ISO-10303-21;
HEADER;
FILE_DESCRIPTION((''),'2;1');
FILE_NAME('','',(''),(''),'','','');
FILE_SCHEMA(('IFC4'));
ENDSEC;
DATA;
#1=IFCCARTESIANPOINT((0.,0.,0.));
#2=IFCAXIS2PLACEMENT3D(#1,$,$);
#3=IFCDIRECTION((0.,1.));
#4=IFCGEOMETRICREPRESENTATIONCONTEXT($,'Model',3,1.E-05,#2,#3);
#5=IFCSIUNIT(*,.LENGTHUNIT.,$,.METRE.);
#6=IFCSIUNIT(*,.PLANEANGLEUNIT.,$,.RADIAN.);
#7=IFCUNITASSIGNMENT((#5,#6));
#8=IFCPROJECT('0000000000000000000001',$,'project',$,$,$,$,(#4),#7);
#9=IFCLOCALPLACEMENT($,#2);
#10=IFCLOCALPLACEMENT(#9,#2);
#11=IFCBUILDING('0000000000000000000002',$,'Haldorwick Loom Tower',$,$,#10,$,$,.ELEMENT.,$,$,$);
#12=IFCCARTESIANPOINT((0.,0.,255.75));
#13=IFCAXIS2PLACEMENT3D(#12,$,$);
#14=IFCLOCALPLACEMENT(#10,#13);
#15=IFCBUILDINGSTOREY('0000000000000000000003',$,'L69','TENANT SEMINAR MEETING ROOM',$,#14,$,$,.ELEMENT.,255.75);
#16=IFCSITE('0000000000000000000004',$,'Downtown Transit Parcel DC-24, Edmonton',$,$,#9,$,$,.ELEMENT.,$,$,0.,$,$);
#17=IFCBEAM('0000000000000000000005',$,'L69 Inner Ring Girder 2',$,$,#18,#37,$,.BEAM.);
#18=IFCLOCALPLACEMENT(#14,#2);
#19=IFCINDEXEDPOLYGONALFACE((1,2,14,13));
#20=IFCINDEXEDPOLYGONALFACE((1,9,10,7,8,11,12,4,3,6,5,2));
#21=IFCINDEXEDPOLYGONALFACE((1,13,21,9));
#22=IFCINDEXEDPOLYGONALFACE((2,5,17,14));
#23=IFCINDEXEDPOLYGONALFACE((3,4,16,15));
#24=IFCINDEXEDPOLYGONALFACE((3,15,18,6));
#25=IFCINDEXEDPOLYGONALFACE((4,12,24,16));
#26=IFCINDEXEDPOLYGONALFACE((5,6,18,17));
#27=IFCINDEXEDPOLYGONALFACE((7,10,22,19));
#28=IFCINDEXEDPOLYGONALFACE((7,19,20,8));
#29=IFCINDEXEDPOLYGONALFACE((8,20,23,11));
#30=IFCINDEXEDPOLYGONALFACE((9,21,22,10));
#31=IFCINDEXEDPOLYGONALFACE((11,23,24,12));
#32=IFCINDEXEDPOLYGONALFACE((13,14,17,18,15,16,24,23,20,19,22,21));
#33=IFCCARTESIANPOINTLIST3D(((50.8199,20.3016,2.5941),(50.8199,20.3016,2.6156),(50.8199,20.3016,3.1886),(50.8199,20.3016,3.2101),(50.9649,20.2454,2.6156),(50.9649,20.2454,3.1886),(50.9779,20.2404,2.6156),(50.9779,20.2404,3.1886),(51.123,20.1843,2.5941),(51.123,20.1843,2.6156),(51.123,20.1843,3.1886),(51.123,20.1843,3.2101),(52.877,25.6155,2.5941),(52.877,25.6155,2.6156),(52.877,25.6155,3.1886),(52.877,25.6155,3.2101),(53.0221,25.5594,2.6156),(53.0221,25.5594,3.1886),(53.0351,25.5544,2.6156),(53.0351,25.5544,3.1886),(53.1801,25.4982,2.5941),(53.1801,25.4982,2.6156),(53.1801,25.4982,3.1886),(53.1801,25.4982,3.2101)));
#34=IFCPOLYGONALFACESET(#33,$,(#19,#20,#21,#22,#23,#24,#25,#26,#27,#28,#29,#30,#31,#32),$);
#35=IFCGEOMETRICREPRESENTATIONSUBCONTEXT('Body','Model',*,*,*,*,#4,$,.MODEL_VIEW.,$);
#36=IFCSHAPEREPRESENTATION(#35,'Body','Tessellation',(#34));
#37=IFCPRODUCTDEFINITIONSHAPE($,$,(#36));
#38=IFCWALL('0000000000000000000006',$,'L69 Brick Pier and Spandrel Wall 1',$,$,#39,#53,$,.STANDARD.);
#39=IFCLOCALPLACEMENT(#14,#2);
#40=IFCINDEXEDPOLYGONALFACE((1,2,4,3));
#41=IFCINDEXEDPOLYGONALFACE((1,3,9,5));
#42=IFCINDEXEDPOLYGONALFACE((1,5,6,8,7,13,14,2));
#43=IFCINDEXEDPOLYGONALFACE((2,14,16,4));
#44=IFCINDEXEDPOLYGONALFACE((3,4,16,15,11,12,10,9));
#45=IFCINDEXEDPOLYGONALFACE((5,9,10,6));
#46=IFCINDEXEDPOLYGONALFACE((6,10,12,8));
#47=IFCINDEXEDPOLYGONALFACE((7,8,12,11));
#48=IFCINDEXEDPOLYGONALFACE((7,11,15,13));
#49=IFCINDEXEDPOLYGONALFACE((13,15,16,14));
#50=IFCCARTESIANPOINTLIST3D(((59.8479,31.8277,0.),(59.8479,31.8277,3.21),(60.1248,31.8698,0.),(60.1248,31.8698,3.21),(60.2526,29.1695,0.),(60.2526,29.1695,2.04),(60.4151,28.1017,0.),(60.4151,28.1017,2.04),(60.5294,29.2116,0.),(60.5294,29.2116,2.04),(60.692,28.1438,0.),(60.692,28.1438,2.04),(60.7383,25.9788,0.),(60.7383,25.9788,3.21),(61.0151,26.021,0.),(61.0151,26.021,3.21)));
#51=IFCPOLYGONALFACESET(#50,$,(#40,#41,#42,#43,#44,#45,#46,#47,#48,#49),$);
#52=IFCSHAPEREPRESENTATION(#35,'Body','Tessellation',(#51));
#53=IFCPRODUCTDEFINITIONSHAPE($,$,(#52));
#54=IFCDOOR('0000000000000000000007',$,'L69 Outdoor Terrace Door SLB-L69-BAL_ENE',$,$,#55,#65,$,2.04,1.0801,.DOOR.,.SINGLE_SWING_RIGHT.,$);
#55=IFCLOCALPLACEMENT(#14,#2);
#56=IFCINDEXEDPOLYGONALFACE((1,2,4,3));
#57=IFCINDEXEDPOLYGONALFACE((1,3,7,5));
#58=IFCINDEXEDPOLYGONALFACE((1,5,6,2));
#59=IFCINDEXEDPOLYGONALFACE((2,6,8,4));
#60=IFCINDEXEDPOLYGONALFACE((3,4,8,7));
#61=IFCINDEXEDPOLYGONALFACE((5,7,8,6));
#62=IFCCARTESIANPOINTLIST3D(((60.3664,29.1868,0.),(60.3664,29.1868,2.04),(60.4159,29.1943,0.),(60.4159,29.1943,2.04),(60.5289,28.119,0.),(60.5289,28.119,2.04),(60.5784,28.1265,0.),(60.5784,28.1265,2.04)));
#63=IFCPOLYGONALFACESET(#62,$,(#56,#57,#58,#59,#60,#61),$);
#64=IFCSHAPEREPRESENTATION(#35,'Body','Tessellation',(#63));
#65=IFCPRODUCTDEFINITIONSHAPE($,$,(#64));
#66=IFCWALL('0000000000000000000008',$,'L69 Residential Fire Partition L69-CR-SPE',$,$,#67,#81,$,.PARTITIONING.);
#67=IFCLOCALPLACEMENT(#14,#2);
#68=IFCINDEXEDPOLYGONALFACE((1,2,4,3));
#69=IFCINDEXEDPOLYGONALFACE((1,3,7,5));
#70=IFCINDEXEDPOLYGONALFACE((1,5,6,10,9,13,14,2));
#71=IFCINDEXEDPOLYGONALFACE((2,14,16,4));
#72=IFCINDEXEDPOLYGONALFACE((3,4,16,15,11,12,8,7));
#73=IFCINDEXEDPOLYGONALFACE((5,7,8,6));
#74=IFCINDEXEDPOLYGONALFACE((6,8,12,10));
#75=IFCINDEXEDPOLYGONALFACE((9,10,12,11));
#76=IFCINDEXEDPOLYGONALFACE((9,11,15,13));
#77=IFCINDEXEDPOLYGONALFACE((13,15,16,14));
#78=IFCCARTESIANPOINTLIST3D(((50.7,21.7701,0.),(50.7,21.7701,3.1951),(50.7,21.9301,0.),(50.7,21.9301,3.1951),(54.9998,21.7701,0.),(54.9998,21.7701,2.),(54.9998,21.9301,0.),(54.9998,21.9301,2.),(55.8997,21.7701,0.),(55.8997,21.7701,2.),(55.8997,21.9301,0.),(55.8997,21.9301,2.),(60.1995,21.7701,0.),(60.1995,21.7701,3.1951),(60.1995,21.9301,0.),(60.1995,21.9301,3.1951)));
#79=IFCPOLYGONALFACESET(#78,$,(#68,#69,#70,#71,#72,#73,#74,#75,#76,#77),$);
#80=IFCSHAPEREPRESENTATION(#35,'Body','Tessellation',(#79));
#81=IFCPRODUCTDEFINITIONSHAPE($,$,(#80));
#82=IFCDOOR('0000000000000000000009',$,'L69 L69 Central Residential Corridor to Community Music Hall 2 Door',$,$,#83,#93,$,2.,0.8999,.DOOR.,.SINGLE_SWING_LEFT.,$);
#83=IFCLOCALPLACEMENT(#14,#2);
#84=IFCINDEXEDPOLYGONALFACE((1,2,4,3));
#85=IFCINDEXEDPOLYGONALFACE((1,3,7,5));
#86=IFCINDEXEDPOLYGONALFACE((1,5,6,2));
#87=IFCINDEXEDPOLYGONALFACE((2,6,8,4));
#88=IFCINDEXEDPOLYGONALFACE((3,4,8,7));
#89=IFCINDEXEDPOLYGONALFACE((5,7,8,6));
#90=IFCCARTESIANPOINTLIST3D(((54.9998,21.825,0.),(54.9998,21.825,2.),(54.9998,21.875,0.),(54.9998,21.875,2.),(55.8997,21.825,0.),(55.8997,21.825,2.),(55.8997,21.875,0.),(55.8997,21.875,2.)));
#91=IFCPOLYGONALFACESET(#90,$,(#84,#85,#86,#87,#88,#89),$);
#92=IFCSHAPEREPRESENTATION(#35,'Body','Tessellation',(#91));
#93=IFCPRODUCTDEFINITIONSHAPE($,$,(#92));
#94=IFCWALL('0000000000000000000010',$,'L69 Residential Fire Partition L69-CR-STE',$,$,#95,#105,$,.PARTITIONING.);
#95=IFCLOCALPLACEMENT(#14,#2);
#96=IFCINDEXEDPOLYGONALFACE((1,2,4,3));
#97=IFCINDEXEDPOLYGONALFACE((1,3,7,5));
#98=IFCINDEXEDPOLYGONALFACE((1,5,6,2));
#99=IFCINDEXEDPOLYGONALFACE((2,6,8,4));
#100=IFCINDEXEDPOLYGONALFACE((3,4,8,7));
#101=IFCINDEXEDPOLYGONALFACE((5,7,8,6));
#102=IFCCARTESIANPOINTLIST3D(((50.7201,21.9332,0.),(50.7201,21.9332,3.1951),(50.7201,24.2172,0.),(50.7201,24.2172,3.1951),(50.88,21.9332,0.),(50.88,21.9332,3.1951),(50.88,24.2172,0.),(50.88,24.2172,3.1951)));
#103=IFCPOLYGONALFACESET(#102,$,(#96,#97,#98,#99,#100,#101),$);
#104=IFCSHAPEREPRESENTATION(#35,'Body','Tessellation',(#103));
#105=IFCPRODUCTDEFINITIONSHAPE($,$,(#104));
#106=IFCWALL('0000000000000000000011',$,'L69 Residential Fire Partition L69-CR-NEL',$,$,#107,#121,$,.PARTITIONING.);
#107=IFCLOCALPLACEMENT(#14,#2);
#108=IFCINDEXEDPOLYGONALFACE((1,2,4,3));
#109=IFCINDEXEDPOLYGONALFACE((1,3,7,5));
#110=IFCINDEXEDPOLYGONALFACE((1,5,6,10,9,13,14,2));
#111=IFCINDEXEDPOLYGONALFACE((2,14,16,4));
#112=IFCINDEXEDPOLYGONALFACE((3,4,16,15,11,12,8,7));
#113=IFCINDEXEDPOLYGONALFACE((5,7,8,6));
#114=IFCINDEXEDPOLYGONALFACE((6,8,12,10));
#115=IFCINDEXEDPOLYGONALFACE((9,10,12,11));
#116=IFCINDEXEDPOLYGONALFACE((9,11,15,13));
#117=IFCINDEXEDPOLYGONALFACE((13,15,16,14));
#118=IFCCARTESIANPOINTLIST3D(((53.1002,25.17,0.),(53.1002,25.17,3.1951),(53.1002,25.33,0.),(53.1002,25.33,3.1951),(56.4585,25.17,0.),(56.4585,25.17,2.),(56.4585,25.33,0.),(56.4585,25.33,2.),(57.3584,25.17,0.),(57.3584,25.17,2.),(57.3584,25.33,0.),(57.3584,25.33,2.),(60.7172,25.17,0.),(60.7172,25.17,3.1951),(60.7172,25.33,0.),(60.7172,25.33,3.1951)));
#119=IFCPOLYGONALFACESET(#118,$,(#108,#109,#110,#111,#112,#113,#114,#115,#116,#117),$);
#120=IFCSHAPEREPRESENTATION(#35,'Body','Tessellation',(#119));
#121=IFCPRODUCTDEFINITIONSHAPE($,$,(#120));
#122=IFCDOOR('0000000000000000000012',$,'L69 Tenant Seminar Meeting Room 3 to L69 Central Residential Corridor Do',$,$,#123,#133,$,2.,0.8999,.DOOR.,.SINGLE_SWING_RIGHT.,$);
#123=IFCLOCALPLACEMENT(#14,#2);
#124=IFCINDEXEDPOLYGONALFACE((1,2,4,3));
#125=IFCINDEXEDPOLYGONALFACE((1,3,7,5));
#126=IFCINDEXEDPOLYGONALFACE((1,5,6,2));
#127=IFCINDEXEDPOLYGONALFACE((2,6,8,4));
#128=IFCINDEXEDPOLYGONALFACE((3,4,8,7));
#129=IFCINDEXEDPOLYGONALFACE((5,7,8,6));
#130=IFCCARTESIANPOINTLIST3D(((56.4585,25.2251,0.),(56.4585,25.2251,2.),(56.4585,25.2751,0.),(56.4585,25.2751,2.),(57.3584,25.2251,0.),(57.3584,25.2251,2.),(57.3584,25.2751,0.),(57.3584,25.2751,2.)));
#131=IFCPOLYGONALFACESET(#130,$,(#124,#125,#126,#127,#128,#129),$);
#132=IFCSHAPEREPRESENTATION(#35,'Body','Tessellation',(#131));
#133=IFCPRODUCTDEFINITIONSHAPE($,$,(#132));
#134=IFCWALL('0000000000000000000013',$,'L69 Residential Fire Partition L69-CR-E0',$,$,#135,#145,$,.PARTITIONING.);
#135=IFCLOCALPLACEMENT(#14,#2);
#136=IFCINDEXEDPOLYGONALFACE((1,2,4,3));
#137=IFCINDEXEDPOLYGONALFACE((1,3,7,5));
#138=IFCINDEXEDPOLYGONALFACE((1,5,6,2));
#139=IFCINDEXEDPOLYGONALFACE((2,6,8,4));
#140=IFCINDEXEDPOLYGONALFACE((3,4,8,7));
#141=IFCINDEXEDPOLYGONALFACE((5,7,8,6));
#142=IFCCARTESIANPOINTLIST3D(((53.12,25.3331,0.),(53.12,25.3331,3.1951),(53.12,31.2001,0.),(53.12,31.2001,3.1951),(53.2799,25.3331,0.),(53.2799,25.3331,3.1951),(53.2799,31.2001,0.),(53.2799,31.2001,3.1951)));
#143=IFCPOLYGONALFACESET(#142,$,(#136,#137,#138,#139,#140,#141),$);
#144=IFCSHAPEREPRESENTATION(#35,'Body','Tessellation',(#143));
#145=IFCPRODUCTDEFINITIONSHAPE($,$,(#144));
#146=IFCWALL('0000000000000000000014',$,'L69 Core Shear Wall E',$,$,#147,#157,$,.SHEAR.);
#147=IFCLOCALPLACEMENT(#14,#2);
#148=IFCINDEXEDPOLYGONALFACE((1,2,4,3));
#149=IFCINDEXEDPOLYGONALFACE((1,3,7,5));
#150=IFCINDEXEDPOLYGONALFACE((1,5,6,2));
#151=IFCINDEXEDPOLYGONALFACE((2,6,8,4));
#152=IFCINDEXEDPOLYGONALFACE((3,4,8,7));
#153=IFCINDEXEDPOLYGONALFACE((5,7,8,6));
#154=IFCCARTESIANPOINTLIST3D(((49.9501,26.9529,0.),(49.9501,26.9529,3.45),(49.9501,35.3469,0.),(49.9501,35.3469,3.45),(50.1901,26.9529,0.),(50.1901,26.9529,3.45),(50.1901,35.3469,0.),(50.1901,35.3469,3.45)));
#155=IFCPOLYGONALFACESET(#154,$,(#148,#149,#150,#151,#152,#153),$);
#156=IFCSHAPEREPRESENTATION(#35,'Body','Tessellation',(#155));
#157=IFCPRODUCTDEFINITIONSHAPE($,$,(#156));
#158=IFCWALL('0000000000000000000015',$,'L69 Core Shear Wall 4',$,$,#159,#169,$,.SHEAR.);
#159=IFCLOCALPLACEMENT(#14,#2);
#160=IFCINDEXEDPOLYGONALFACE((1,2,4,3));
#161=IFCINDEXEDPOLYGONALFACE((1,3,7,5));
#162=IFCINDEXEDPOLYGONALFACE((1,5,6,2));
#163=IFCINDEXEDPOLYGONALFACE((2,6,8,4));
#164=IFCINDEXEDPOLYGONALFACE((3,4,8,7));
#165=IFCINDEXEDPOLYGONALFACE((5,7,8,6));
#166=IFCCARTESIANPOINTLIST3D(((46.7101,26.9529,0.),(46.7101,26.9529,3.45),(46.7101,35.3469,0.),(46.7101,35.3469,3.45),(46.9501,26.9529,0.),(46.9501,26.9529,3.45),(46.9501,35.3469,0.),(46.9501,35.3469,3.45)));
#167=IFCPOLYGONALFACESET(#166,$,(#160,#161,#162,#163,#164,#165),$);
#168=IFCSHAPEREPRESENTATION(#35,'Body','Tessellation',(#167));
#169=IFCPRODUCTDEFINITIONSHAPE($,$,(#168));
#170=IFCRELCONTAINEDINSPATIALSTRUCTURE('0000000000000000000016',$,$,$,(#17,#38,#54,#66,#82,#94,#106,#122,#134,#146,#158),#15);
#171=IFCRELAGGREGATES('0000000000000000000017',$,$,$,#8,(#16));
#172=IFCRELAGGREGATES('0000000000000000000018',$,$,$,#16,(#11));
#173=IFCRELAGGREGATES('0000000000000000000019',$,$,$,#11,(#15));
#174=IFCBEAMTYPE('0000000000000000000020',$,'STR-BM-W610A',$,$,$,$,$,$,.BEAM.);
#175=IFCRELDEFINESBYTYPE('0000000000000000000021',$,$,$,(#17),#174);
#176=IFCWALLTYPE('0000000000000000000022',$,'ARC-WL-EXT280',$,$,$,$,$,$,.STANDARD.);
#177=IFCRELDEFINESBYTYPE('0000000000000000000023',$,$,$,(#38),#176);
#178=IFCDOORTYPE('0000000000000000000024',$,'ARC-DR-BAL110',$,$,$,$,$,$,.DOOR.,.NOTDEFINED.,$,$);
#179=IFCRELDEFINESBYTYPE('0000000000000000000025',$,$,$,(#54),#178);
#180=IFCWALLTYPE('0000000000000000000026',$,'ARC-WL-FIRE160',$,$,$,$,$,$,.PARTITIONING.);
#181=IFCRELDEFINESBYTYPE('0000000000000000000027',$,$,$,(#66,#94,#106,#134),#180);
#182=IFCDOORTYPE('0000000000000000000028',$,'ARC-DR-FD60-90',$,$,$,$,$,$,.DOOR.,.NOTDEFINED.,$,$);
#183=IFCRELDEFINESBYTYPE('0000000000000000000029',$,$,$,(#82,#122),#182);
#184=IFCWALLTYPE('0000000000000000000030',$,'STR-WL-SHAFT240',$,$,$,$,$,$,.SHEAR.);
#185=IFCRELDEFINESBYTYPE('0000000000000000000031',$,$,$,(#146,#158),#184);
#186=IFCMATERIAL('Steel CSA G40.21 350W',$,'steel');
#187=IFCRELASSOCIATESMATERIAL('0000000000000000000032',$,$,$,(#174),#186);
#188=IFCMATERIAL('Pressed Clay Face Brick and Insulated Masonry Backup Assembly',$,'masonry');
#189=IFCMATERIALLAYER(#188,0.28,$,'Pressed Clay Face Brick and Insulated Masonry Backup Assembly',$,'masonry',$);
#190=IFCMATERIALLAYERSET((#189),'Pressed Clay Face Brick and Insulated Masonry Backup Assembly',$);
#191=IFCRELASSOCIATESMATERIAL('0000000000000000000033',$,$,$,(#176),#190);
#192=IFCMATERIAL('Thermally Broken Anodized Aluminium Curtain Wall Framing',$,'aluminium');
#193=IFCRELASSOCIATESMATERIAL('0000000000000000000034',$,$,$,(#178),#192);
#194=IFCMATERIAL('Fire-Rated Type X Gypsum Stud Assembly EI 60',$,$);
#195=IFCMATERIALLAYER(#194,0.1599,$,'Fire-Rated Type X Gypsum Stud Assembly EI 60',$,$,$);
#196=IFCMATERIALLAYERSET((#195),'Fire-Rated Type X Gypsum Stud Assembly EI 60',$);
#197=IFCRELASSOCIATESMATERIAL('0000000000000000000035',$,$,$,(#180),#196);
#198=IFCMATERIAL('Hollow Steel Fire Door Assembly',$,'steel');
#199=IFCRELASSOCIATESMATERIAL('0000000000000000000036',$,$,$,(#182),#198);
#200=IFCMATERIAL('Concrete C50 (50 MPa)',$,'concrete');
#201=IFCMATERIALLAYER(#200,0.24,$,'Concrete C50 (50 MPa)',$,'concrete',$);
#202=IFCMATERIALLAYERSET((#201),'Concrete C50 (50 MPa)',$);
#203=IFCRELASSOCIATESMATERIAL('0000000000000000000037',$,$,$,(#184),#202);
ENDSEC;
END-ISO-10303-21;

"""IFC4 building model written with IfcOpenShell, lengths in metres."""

from ifc_helpers import new_model, si_unit, direction, frame, frame_2d, origin, origin_2d, place, context, subcontext, project, spatial, rectangle, i_section, extrude, material, layer, layer_set, material_profile, profile_set, type_object, element, fill, save


model = new_model("IFC4")

# Units and contexts
model_context = context("Model", 3, precision=1e-05, world=origin(), true_north=direction((0.0, 1.0)))
body_context = subcontext(model_context, "Body", "Model", "MODEL_VIEW")
ifc_project = project(units=[si_unit("LENGTHUNIT", "METRE"), si_unit("PLANEANGLEUNIT", "RADIAN")], contexts=[model_context])

# Site, building, storey
site_placement = place(None, origin())
site = spatial("IfcSite", under=ifc_project, at=site_placement, Name="Downtown Transit Parcel DC-24, Edmonton", CompositionType="ELEMENT", RefElevation=0.0)
building_placement = place(site_placement, origin())
building = spatial("IfcBuilding", under=site, at=building_placement, Name="Haldorwick Loom Tower", CompositionType="ELEMENT")
storey_placement = place(building_placement, frame((0.0, 0.0, 255.75)))
storey = spatial("IfcBuildingStorey", under=building, at=storey_placement, Name="L69", Description="TENANT SEMINAR MEETING ROOM", CompositionType="ELEMENT", Elevation=255.75)

# Shared definitions
ifc_material_1 = material(Name="Steel CSA G40.21 350W", Category="steel")

# Beam
ifc_material_profile_1 = material_profile(ifc_material_1, i_section(OverallWidth=0.325, OverallDepth=0.616, WebThickness=0.0139, FlangeThickness=0.0215, at=origin_2d()), Name="W610X174", Category="steel")
ifc_profile_set_1 = profile_set([ifc_material_profile_1], Name="Steel CSA G40.21 350W")
beam_type_1 = type_object("IfcBeamType", Name="STR-BM-W610A", PredefinedType="BEAM", material=ifc_profile_set_1)
beam_1_placement = place(storey_placement, frame((53.0286, 25.5569, 2.9021), z_axis=(-0.361011, -0.932562, 0.0), x_axis=(0.932562, -0.361011, 0.0)))
element("IfcBeam", 1, at=beam_1_placement, inside=storey, type_object=beam_type_1, Name="L69 Inner Ring Girder 2", PredefinedType="BEAM", context=body_context, shape_type="SweptSolid", body=[
    extrude(i_section(OverallWidth=0.325, OverallDepth=0.616, WebThickness=0.0139, FlangeThickness=0.0215, at=origin_2d()), origin(), (0.0, 0.0, 1.0), 5.6982),
])

# Walls, openings, doors
ifc_material_2 = material(Name="Pressed Clay Face Brick and Insulated Masonry Backup Assembly", Category="masonry")
ifc_layer_1 = layer(ifc_material_2, 0.28, Name="Pressed Clay Face Brick and Insulated Masonry Backup Assembly", Category="masonry")
ifc_layer_set_1 = layer_set([ifc_layer_1], Name="Pressed Clay Face Brick and Insulated Masonry Backup Assembly")
wall_type_1 = type_object("IfcWallType", Name="ARC-WL-EXT280", PredefinedType="STANDARD", material=ifc_layer_set_1)
wall_1_placement = place(storey_placement, frame((60.8767, 26.0, 0.0), z_axis=(0.0, 0.0, 1.0), x_axis=(-0.150497, 0.98861, 0.0)))
wall_1 = element("IfcWall", 2, at=wall_1_placement, inside=storey, type_object=wall_type_1, Name="L69 Brick Pier and Spandrel Wall 1", PredefinedType="STANDARD", context=body_context, shape_type="SweptSolid", body=[
    extrude(rectangle(XDim=5.9163, YDim=0.28, at=frame_2d((2.958, 0.0))), origin(), (0.0, 0.0, 1.0), 3.21),
])
opening_1_placement = place(wall_1_placement, frame((2.1472, 0.0, 0.0)))
opening_1 = element("IfcOpeningElement", 3, at=opening_1_placement, cuts=wall_1, PredefinedType="OPENING", context=body_context, shape_type="SweptSolid", body=[
    extrude(rectangle(XDim=1.0801, YDim=2.04, at=frame_2d((0.54, 1.02))), frame((0.0, 0.1499, 0.0), z_axis=(0.0, -1.0, 0.0), x_axis=(1.0, 0.0, 0.0)), (0.0, 0.0, 1.0), 0.3),
])
ifc_material_3 = material(Name="Thermally Broken Anodized Aluminium Curtain Wall Framing", Category="aluminium")
door_type_1 = type_object("IfcDoorType", Name="ARC-DR-BAL110", OperationType="NOTDEFINED", PredefinedType="DOOR", material=ifc_material_3)
door_1_placement = place(opening_1_placement, origin())
door_1 = element("IfcDoor", 4, at=door_1_placement, inside=storey, type_object=door_type_1, Name="L69 Outdoor Terrace Door SLB-L69-BAL_ENE", OperationType="SINGLE_SWING_RIGHT", OverallHeight=2.04, OverallWidth=1.0801, PredefinedType="DOOR", context=body_context, shape_type="SweptSolid", body=[
    extrude(rectangle(XDim=1.0801, YDim=2.04, at=frame_2d((0.54, 1.02))), frame((0.0, 0.0249, 0.0), z_axis=(0.0, -1.0, 0.0), x_axis=(1.0, 0.0, 0.0)), (0.0, 0.0, 1.0), 0.05),
])
fill(opening_1, door_1)
ifc_material_4 = material(Name="Fire-Rated Type X Gypsum Stud Assembly EI 60")
ifc_layer_2 = layer(ifc_material_4, 0.1599, Name="Fire-Rated Type X Gypsum Stud Assembly EI 60")
ifc_layer_set_2 = layer_set([ifc_layer_2], Name="Fire-Rated Type X Gypsum Stud Assembly EI 60")
wall_type_2 = type_object("IfcWallType", Name="ARC-WL-FIRE160", PredefinedType="PARTITIONING", material=ifc_layer_set_2)
wall_2_placement = place(storey_placement, frame((50.7, 21.8501, 0.0), z_axis=(0.0, 0.0, 1.0), x_axis=(1.0, 0.0, 0.0)))
wall_2 = element("IfcWall", 5, at=wall_2_placement, inside=storey, type_object=wall_type_2, Name="L69 Residential Fire Partition L69-CR-SPE", PredefinedType="PARTITIONING", context=body_context, shape_type="SweptSolid", body=[
    extrude(rectangle(XDim=9.4995, YDim=0.1599, at=frame_2d((4.7498, 0.0))), origin(), (0.0, 0.0, 1.0), 3.1951),
])
opening_2_placement = place(wall_2_placement, frame((4.2998, 0.0, 0.0)))
opening_2 = element("IfcOpeningElement", 6, at=opening_2_placement, cuts=wall_2, PredefinedType="OPENING", context=body_context, shape_type="SweptSolid", body=[
    extrude(rectangle(XDim=0.8999, YDim=2.0, at=frame_2d((0.45, 1.0))), frame((0.0, 0.0898, 0.0), z_axis=(0.0, -1.0, 0.0), x_axis=(1.0, 0.0, 0.0)), (0.0, 0.0, 1.0), 0.1799),
])
ifc_material_5 = material(Name="Hollow Steel Fire Door Assembly", Category="steel")
door_type_2 = type_object("IfcDoorType", Name="ARC-DR-FD60-90", OperationType="NOTDEFINED", PredefinedType="DOOR", material=ifc_material_5)
door_2_placement = place(opening_2_placement, origin())
door_2 = element("IfcDoor", 7, at=door_2_placement, inside=storey, type_object=door_type_2, Name="L69 L69 Central Residential Corridor to Community Music Hall 2 Door", OperationType="SINGLE_SWING_LEFT", OverallHeight=2.0, OverallWidth=0.8999, PredefinedType="DOOR", context=body_context, shape_type="SweptSolid", body=[
    extrude(rectangle(XDim=0.8999, YDim=2.0, at=frame_2d((0.45, 1.0))), frame((0.0, 0.0249, 0.0), z_axis=(0.0, -1.0, 0.0), x_axis=(1.0, 0.0, 0.0)), (0.0, 0.0, 1.0), 0.05),
])
fill(opening_2, door_2)

# Wall
wall_3_placement = place(storey_placement, frame((50.8, 21.9331, 0.0), z_axis=(0.0, 0.0, 1.0), x_axis=(0.0, 1.0, 0.0)))
element("IfcWall", 8, at=wall_3_placement, inside=storey, type_object=wall_type_2, Name="L69 Residential Fire Partition L69-CR-STE", PredefinedType="PARTITIONING", context=body_context, shape_type="SweptSolid", body=[
    extrude(rectangle(XDim=2.2839, YDim=0.1599, at=frame_2d((1.1421, 0.0))), origin(), (0.0, 0.0, 1.0), 3.1951),
])

# Wall, opening, door
wall_4_placement = place(storey_placement, frame((53.1001, 25.25, 0.0), z_axis=(0.0, 0.0, 1.0), x_axis=(1.0, 0.0, 0.0)))
wall_4 = element("IfcWall", 9, at=wall_4_placement, inside=storey, type_object=wall_type_2, Name="L69 Residential Fire Partition L69-CR-NEL", PredefinedType="PARTITIONING", context=body_context, shape_type="SweptSolid", body=[
    extrude(rectangle(XDim=7.6169, YDim=0.1599, at=frame_2d((3.8086, 0.0))), origin(), (0.0, 0.0, 1.0), 3.1951),
])
opening_3_placement = place(wall_4_placement, frame((3.3584, 0.0, 0.0)))
opening_3 = element("IfcOpeningElement", 10, at=opening_3_placement, cuts=wall_4, PredefinedType="OPENING", context=body_context, shape_type="SweptSolid", body=[
    extrude(rectangle(XDim=0.8999, YDim=2.0, at=frame_2d((0.45, 1.0))), frame((0.0, 0.0898, 0.0), z_axis=(0.0, -1.0, 0.0), x_axis=(1.0, 0.0, 0.0)), (0.0, 0.0, 1.0), 0.1799),
])
door_3_placement = place(opening_3_placement, frame((0.8999, 0.0, 0.0), z_axis=(0.0, 0.0, 1.0), x_axis=(-1.0, 0.0, 0.0)))
door_3 = element("IfcDoor", 11, at=door_3_placement, inside=storey, type_object=door_type_2, Name="L69 Tenant Seminar Meeting Room 3 to L69 Central Residential Corridor Do", OperationType="SINGLE_SWING_RIGHT", OverallHeight=2.0, OverallWidth=0.8999, PredefinedType="DOOR", context=body_context, shape_type="SweptSolid", body=[
    extrude(rectangle(XDim=0.8999, YDim=2.0, at=frame_2d((0.45, 1.0))), frame((0.0, 0.0249, 0.0), z_axis=(0.0, -1.0, 0.0), x_axis=(1.0, 0.0, 0.0)), (0.0, 0.0, 1.0), 0.05),
])
fill(opening_3, door_3)

# Walls
wall_5_placement = place(storey_placement, frame((53.2, 25.333, 0.0), z_axis=(0.0, 0.0, 1.0), x_axis=(0.0, 1.0, 0.0)))
element("IfcWall", 12, at=wall_5_placement, inside=storey, type_object=wall_type_2, Name="L69 Residential Fire Partition L69-CR-E0", PredefinedType="PARTITIONING", context=body_context, shape_type="SweptSolid", body=[
    extrude(rectangle(XDim=5.8669, YDim=0.1599, at=frame_2d((2.9336, 0.0))), origin(), (0.0, 0.0, 1.0), 3.1951),
])
ifc_material_6 = material(Name="Concrete C50 (50 MPa)", Category="concrete")
ifc_layer_3 = layer(ifc_material_6, 0.24, Name="Concrete C50 (50 MPa)", Category="concrete")
ifc_layer_set_3 = layer_set([ifc_layer_3], Name="Concrete C50 (50 MPa)")
wall_type_3 = type_object("IfcWallType", Name="STR-WL-SHAFT240", PredefinedType="SHEAR", material=ifc_layer_set_3)
for number, where, z_axis, x_axis, name in (
    (13, (50.0701, 26.9529, 0.0), (0.0, 0.0, 1.0), (0.0, 1.0, 0.0), "L69 Core Shear Wall E"),
    (14, (46.8301, 26.9529, 0.0), (0.0, 0.0, 1.0), (0.0, 1.0, 0.0), "L69 Core Shear Wall 4"),
):
    element("IfcWall", number, at=place(storey_placement, frame(where, z_axis=z_axis, x_axis=x_axis)), inside=storey, type_object=wall_type_3, Name=name, PredefinedType="SHEAR", context=body_context, shape_type="SweptSolid", body=[
        extrude(rectangle(XDim=8.394, YDim=0.24, at=frame_2d((4.197, 0.0))), origin(), (0.0, 0.0, 1.0), 3.45),
    ])

save(model, "model.ifc")
